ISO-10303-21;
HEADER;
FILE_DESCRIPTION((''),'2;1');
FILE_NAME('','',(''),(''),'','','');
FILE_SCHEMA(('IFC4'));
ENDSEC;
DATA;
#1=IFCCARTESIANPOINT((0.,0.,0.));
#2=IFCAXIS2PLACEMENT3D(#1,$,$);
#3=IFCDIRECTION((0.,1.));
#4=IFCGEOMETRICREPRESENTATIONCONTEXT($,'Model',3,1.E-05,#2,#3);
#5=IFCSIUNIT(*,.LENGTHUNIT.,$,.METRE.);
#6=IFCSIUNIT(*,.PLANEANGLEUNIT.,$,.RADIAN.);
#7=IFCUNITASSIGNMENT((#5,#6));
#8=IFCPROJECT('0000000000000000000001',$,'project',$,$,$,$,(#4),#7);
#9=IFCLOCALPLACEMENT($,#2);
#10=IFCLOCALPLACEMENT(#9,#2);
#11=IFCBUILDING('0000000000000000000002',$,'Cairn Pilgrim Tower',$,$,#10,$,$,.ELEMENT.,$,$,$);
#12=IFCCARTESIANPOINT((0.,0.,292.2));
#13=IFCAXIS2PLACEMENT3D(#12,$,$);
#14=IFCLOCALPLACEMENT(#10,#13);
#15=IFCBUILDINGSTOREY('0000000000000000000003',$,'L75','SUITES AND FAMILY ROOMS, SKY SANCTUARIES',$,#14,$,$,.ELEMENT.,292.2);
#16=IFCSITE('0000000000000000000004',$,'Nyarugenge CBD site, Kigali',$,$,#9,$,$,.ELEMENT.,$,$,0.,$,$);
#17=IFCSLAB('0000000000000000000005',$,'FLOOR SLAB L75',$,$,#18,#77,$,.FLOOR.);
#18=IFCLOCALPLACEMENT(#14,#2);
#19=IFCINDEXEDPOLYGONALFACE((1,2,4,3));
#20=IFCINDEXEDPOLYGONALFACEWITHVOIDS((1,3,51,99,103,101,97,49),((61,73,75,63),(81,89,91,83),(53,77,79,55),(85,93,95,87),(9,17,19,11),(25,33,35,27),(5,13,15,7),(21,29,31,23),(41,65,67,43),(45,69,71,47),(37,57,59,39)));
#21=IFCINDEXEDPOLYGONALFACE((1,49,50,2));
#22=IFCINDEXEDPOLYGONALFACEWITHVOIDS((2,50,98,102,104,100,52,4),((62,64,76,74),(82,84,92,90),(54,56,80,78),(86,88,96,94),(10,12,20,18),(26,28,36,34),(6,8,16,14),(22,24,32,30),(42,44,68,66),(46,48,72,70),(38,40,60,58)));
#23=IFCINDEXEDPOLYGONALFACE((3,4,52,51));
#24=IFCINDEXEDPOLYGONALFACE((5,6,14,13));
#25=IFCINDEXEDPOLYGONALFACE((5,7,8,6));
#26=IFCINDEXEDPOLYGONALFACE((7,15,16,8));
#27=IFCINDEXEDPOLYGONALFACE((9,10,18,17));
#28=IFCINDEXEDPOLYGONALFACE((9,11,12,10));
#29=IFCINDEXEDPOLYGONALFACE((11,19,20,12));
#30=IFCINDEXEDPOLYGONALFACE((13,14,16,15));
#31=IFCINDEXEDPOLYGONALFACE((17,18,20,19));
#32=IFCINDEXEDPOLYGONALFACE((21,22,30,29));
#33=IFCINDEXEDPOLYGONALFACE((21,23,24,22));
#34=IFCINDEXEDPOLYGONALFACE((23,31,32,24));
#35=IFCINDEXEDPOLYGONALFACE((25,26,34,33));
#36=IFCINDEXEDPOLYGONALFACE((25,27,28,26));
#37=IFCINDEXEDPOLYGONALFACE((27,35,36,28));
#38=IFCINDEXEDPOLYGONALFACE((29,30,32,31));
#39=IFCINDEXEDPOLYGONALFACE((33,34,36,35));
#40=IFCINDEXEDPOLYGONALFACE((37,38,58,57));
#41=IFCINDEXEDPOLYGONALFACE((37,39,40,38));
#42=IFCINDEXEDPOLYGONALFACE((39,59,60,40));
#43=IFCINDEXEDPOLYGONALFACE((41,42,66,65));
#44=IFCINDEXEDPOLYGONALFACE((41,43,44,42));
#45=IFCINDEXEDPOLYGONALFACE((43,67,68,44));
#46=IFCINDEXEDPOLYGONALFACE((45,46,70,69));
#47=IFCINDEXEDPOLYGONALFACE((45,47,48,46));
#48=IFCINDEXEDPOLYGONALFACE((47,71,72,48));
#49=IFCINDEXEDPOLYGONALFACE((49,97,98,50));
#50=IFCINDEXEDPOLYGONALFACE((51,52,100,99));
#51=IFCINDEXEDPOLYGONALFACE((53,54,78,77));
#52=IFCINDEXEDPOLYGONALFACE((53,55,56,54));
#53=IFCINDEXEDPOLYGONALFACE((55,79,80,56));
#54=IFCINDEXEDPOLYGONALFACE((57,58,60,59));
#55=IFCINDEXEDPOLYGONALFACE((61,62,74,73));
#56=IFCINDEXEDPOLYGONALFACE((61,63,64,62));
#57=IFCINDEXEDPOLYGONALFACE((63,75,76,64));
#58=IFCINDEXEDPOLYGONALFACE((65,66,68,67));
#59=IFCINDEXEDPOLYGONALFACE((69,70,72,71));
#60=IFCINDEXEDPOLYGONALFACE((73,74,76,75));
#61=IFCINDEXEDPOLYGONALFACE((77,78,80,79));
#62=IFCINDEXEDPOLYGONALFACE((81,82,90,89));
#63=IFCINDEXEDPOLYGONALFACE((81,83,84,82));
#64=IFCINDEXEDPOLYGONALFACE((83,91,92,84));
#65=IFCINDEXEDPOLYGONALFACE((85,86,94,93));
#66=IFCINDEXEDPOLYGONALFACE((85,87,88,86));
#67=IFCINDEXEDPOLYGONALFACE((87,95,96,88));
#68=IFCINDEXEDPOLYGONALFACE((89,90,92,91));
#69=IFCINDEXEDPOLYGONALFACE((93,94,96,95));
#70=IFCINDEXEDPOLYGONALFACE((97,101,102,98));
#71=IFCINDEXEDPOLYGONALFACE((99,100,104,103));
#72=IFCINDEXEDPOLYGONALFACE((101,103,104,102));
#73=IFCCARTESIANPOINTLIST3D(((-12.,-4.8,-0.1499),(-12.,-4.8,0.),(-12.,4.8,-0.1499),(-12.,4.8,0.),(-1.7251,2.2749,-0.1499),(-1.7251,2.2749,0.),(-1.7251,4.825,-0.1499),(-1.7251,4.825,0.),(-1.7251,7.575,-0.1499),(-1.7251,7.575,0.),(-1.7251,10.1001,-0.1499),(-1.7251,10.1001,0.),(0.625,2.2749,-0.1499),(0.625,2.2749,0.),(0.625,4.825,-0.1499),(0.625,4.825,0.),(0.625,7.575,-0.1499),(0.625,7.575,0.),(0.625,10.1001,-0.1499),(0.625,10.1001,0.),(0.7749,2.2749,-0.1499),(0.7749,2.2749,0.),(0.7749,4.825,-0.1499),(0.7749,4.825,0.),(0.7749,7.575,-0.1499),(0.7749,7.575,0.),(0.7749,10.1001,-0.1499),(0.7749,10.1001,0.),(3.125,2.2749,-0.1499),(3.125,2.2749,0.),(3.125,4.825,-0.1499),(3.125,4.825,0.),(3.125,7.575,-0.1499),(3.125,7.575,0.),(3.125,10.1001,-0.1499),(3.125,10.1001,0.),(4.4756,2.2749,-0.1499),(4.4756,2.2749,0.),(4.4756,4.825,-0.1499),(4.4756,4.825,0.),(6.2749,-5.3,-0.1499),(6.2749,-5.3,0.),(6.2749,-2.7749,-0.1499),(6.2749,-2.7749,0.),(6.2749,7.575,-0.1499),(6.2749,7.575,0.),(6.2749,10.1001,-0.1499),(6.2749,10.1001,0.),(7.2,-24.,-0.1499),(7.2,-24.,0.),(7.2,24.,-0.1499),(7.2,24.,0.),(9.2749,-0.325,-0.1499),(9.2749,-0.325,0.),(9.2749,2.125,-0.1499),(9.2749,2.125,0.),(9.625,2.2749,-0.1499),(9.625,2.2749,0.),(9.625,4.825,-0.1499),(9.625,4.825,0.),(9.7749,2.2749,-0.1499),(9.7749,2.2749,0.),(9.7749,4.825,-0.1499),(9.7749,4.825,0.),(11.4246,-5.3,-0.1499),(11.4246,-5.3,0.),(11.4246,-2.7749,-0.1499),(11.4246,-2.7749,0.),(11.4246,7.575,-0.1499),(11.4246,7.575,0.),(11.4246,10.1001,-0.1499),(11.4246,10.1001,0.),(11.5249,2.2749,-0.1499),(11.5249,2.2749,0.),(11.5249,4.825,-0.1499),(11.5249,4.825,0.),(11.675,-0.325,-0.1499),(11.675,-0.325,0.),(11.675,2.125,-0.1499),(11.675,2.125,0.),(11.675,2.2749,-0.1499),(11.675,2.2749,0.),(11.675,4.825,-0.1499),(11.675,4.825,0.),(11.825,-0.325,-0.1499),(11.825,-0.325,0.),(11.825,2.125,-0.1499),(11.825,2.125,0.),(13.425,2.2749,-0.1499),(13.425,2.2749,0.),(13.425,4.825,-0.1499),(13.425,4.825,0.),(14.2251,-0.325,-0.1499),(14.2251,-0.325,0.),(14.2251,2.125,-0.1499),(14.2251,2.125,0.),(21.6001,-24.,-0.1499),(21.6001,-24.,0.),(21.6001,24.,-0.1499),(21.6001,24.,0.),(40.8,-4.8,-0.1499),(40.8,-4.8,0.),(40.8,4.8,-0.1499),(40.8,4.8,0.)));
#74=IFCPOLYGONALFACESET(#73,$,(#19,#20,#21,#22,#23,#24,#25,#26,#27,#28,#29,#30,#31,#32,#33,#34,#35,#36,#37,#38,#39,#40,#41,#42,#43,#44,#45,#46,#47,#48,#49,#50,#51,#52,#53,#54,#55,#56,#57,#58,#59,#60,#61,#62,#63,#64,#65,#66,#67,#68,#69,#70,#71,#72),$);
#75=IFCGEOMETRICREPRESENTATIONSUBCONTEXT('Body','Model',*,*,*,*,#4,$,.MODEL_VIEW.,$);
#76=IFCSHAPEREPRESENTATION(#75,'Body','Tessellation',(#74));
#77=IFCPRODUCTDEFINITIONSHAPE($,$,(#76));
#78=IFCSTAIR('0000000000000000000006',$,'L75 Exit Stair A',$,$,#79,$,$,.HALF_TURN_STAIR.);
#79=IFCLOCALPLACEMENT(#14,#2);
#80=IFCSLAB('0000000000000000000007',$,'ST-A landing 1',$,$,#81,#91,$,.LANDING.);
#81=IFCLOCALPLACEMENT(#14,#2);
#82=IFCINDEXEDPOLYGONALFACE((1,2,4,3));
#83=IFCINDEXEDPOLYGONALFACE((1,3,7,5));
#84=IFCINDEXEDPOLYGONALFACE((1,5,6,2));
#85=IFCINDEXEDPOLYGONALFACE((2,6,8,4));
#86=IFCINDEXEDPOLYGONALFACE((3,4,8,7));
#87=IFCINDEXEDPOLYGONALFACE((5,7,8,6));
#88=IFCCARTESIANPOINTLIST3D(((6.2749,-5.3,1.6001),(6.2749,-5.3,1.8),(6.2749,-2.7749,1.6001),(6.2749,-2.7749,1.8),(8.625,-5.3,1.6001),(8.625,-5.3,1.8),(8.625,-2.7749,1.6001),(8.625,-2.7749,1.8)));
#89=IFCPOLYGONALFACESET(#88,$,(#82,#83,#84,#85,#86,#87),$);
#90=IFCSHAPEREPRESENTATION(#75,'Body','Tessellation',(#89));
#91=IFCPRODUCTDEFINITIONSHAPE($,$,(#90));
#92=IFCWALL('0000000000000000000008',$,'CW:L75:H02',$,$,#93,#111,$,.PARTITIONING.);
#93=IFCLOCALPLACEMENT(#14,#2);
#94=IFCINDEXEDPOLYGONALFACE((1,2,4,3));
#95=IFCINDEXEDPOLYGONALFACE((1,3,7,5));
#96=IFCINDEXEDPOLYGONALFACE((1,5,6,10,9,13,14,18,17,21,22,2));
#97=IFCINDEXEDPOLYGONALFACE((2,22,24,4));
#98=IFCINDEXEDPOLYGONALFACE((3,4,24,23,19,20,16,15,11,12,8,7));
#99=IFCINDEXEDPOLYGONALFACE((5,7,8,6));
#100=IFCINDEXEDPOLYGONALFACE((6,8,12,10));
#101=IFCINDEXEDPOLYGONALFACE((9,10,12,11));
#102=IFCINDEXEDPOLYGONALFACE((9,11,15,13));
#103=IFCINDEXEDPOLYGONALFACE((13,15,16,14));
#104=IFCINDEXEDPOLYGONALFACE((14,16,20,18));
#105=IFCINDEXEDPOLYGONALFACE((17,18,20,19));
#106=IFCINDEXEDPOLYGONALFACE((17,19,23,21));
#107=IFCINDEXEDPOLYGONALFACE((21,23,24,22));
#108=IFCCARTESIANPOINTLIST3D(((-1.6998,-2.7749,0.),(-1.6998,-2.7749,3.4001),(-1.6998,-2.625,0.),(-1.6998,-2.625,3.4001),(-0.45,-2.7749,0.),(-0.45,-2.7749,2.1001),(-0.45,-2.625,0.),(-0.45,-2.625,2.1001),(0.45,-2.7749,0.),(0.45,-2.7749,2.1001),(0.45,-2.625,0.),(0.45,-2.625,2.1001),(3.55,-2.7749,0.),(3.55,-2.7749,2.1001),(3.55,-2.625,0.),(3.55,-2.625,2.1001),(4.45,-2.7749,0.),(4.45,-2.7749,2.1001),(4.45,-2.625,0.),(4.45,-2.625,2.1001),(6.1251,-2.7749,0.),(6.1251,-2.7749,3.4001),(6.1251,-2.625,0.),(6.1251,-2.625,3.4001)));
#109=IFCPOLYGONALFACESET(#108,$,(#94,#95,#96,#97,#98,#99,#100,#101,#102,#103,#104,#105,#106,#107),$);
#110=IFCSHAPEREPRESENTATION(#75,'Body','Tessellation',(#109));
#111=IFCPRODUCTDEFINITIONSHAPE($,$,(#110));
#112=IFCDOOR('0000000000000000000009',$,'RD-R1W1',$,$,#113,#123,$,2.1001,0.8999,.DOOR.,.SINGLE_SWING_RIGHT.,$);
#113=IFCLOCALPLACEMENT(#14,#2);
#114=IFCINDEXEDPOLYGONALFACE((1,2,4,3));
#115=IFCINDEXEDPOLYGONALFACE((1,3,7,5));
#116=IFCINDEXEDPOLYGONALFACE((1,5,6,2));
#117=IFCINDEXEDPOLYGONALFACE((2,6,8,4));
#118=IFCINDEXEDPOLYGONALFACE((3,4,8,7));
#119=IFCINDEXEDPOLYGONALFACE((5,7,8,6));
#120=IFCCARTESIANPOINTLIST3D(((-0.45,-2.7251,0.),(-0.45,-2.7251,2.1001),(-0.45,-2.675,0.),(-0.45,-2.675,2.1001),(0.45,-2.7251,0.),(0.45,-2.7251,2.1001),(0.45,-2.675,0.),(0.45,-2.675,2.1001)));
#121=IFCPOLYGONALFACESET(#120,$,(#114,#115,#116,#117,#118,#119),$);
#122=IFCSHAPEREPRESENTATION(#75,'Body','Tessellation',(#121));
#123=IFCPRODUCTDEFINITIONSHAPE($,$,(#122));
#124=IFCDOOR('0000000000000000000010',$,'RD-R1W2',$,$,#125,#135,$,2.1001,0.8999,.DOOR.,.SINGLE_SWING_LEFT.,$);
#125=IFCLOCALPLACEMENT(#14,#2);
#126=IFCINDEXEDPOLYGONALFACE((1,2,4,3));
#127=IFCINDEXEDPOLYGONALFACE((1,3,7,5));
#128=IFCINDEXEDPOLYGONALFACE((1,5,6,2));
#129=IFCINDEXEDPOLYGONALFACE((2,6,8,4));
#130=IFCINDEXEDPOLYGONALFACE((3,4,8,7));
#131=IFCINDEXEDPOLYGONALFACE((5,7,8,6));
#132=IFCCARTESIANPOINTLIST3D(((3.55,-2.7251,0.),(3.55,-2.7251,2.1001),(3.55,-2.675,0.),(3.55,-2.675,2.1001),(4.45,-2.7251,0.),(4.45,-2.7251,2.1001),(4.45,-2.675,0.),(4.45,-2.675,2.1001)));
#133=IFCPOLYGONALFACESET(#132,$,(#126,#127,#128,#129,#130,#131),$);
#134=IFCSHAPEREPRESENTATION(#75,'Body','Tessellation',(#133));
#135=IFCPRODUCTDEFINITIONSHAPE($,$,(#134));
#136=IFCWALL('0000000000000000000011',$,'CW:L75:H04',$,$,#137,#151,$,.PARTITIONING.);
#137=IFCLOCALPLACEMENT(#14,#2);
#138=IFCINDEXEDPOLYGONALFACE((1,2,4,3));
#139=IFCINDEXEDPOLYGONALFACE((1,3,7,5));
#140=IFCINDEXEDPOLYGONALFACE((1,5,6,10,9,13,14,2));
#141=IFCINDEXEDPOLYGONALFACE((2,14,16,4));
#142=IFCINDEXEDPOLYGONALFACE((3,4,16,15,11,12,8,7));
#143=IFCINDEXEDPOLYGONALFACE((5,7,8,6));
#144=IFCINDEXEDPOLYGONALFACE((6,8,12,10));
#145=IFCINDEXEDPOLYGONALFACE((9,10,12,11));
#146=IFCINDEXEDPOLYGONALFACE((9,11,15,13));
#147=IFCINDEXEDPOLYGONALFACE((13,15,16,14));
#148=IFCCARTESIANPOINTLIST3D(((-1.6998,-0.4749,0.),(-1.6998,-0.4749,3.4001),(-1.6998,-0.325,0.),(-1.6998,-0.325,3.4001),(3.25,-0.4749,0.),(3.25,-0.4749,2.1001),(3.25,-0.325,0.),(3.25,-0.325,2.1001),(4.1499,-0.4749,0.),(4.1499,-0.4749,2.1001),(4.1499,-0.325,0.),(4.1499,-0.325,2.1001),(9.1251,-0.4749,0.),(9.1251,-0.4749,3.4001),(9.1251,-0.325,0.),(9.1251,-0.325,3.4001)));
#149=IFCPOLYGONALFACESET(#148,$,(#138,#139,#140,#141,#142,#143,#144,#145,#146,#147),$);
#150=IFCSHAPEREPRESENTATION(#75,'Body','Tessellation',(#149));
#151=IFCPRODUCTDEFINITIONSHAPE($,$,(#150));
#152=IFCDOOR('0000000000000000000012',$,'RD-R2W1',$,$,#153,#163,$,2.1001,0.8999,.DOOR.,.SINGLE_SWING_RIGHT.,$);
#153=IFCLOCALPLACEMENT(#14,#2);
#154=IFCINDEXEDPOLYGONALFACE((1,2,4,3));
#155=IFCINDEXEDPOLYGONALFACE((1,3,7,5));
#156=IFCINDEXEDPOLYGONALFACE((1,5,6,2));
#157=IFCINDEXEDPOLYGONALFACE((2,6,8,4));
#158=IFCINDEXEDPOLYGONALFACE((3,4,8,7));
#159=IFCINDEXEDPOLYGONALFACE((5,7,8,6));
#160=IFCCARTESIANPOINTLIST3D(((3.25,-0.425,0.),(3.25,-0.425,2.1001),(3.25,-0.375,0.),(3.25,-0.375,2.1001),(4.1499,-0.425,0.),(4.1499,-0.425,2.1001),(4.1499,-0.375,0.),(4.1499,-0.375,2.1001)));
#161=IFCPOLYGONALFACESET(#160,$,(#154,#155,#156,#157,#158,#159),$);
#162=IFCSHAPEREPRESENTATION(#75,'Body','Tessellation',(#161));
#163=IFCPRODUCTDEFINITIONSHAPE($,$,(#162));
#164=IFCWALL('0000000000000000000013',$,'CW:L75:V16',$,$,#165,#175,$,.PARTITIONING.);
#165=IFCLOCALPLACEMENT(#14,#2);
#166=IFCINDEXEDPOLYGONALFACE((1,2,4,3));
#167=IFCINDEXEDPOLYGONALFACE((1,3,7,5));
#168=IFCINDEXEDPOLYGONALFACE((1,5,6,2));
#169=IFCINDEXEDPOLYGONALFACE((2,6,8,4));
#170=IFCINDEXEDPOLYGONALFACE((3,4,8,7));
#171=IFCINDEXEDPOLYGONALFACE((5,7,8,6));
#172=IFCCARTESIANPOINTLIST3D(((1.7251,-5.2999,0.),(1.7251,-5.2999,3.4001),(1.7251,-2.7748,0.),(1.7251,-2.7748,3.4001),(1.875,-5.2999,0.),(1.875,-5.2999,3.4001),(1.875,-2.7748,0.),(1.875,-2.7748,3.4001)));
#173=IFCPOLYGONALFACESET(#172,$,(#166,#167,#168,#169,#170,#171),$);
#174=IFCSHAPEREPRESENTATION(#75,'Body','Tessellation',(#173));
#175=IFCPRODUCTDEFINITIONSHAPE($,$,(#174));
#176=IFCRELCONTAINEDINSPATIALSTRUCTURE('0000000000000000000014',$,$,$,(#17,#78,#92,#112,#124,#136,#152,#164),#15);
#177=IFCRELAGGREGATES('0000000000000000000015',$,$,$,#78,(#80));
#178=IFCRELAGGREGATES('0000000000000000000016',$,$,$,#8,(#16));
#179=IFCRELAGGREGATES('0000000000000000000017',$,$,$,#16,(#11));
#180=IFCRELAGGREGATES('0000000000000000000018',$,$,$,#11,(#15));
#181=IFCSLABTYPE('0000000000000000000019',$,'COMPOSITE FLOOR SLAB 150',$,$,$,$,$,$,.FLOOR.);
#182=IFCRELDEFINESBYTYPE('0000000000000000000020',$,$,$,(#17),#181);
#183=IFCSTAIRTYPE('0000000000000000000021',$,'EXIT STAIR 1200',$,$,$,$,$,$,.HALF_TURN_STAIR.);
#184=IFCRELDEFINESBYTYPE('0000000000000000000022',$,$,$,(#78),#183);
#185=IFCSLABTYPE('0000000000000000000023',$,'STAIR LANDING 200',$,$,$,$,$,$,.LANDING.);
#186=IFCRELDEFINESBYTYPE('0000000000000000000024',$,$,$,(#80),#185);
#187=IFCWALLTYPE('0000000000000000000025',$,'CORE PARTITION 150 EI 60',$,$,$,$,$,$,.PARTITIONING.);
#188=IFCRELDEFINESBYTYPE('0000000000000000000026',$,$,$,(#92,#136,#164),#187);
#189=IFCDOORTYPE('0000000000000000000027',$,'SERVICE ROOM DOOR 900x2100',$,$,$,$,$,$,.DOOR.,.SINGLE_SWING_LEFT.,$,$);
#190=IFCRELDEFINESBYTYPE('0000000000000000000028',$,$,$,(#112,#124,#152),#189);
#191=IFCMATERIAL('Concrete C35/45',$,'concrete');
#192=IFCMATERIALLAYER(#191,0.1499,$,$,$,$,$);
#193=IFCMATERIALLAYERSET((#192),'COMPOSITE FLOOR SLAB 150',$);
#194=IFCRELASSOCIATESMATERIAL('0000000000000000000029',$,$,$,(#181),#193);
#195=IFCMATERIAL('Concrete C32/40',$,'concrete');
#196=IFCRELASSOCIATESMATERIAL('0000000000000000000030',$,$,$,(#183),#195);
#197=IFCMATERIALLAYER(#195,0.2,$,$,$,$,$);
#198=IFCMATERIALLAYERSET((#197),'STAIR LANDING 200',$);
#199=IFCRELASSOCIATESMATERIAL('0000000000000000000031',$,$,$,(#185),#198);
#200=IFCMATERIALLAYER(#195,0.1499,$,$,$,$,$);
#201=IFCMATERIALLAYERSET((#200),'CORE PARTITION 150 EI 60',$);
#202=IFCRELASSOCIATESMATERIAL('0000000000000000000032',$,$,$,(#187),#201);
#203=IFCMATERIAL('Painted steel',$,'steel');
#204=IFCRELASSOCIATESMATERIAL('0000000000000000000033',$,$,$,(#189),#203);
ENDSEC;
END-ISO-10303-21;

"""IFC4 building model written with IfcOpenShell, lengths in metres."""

from ifc_helpers import new_model, si_unit, direction, frame, frame_2d, origin, place, context, subcontext, project, spatial, polyline, rectangle, outline, extrude, material, layer, layer_set, type_object, element, fill, aggregate, save


model = new_model("IFC4")

# Units and contexts
model_context = context("Model", 3, precision=1e-05, world=origin(), true_north=direction((0.0, 1.0)))
body_context = subcontext(model_context, "Body", "Model", "MODEL_VIEW")
ifc_project = project(units=[si_unit("LENGTHUNIT", "METRE"), si_unit("PLANEANGLEUNIT", "RADIAN")], contexts=[model_context])

# Site, building, storey
site_placement = place(None, origin())
site = spatial("IfcSite", under=ifc_project, at=site_placement, Name="Nyarugenge CBD site, Kigali", CompositionType="ELEMENT", RefElevation=0.0)
building_placement = place(site_placement, origin())
building = spatial("IfcBuilding", under=site, at=building_placement, Name="Cairn Pilgrim Tower", CompositionType="ELEMENT")
storey_placement = place(building_placement, frame((0.0, 0.0, 292.2)))
storey = spatial("IfcBuildingStorey", under=building, at=storey_placement, Name="L75", Description="SUITES AND FAMILY ROOMS, SKY SANCTUARIES", CompositionType="ELEMENT", Elevation=292.2)

# Slab
ifc_material_1 = material(Name="Concrete C35/45", Category="concrete")
ifc_layer_1 = layer(ifc_material_1, 0.1499)
ifc_layer_set_1 = layer_set([ifc_layer_1], Name="COMPOSITE FLOOR SLAB 150")
slab_type_1 = type_object("IfcSlabType", Name="COMPOSITE FLOOR SLAB 150", PredefinedType="FLOOR", material=ifc_layer_set_1)
slab_1_placement = place(storey_placement, frame((0.0, 0.0, -0.1499)))
element("IfcSlab", 1, at=slab_1_placement, inside=storey, type_object=slab_type_1, Name="FLOOR SLAB L75", PredefinedType="FLOOR", context=body_context, shape_type="SweptSolid", body=[
    extrude(outline(polyline([(7.2, -24.0), (21.6001, -24.0), (40.8, -4.8), (40.8, 4.8), (21.6001, 24.0), (7.2, 24.0), (-12.0, 4.8), (-12.0, -4.8), (7.2, -24.0)]), holes=[polyline([(9.2749, -0.325), (11.675, -0.325), (11.675, 2.125), (9.2749, 2.125), (9.2749, -0.325)]), polyline([(11.825, -0.325), (14.2251, -0.325), (14.2251, 2.125), (11.825, 2.125), (11.825, -0.325)]), polyline([(-1.7251, 2.2749), (0.625, 2.2749), (0.625, 4.825), (-1.7251, 4.825), (-1.7251, 2.2749)]), polyline([(0.7749, 2.2749), (3.125, 2.2749), (3.125, 4.825), (0.7749, 4.825), (0.7749, 2.2749)]), polyline([(-1.7251, 7.575), (0.625, 7.575), (0.625, 10.1001), (-1.7251, 10.1001), (-1.7251, 7.575)]), polyline([(0.7749, 7.575), (3.125, 7.575), (3.125, 10.1001), (0.7749, 10.1001), (0.7749, 7.575)]), polyline([(9.7749, 2.2749), (11.5249, 2.2749), (11.5249, 4.825), (9.7749, 4.825), (9.7749, 2.2749)]), polyline([(11.675, 2.2749), (13.425, 2.2749), (13.425, 4.825), (11.675, 4.825), (11.675, 2.2749)]), polyline([(11.4246, -2.7749), (6.2749, -2.7749), (6.2749, -5.3), (11.4246, -5.3), (11.4246, -2.7749)]), polyline([(4.4756, 2.2749), (9.625, 2.2749), (9.625, 4.825), (4.4756, 4.825), (4.4756, 2.2749)]), polyline([(11.4246, 10.1001), (6.2749, 10.1001), (6.2749, 7.575), (11.4246, 7.575), (11.4246, 10.1001)])]), origin(), (0.0, 0.0, 1.0), 0.1499),
])

# Stair, slab
ifc_material_2 = material(Name="Concrete C32/40", Category="concrete")
stair_type = type_object("IfcStairType", Name="EXIT STAIR 1200", PredefinedType="HALF_TURN_STAIR", material=ifc_material_2)
stair_placement = place(storey_placement, origin())
stair = element("IfcStair", 2, at=stair_placement, inside=storey, type_object=stair_type, Name="L75 Exit Stair A", PredefinedType="HALF_TURN_STAIR")
ifc_layer_2 = layer(ifc_material_2, 0.2)
ifc_layer_set_2 = layer_set([ifc_layer_2], Name="STAIR LANDING 200")
slab_type_2 = type_object("IfcSlabType", Name="STAIR LANDING 200", PredefinedType="LANDING", material=ifc_layer_set_2)
slab_2_placement = place(storey_placement, frame((0.0, 0.0, 1.6001)))
slab_2 = element("IfcSlab", 3, at=slab_2_placement, type_object=slab_type_2, Name="ST-A landing 1", PredefinedType="LANDING", context=body_context, shape_type="SweptSolid", body=[
    extrude(outline(polyline([(8.625, -2.7749), (6.2749, -2.7749), (6.2749, -5.3), (8.625, -5.3), (8.625, -2.7749)])), origin(), (0.0, 0.0, 1.0), 0.2),
])

# Wall, openings, doors
ifc_layer_3 = layer(ifc_material_2, 0.1499)
ifc_layer_set_3 = layer_set([ifc_layer_3], Name="CORE PARTITION 150 EI 60")
wall_type_1 = type_object("IfcWallType", Name="CORE PARTITION 150 EI 60", PredefinedType="PARTITIONING", material=ifc_layer_set_3)
wall_1_placement = place(storey_placement, frame((-1.7, -2.7, 0.0), z_axis=(0.0, 0.0, 1.0), x_axis=(1.0, 0.0, 0.0)))
wall_1 = element("IfcWall", 4, at=wall_1_placement, inside=storey, type_object=wall_type_1, Name="CW:L75:H02", PredefinedType="PARTITIONING", context=body_context, shape_type="SweptSolid", body=[
    extrude(rectangle(XDim=7.825, YDim=0.1499, at=frame_2d((3.9126, 0.0))), origin(), (0.0, 0.0, 1.0), 3.4001),
])
opening_1_placement = place(wall_1_placement, frame((1.25, 0.0, 0.0)))
opening_1 = element("IfcOpeningElement", 5, at=opening_1_placement, cuts=wall_1, PredefinedType="OPENING", context=body_context, shape_type="SweptSolid", body=[
    extrude(rectangle(XDim=0.8999, YDim=2.1001, at=frame_2d((0.45, 1.05))), frame((0.0, 0.085, 0.0), z_axis=(0.0, -1.0, 0.0), x_axis=(1.0, 0.0, 0.0)), (0.0, 0.0, 1.0), 0.1699),
])
opening_2_placement = place(wall_1_placement, frame((5.25, 0.0, 0.0)))
opening_2 = element("IfcOpeningElement", 6, at=opening_2_placement, cuts=wall_1, PredefinedType="OPENING", context=body_context, shape_type="SweptSolid", body=[
    extrude(rectangle(XDim=0.8999, YDim=2.1001, at=frame_2d((0.45, 1.05))), frame((0.0, 0.085, 0.0), z_axis=(0.0, -1.0, 0.0), x_axis=(1.0, 0.0, 0.0)), (0.0, 0.0, 1.0), 0.1699),
])
ifc_material_3 = material(Name="Painted steel", Category="steel")
door_type_1 = type_object("IfcDoorType", Name="SERVICE ROOM DOOR 900x2100", OperationType="SINGLE_SWING_LEFT", PredefinedType="DOOR", material=ifc_material_3)
door_1_placement = place(opening_1_placement, origin())
door_1 = element("IfcDoor", 7, at=door_1_placement, inside=storey, type_object=door_type_1, Name="RD-R1W1", OperationType="SINGLE_SWING_RIGHT", OverallHeight=2.1001, OverallWidth=0.8999, PredefinedType="DOOR", context=body_context, shape_type="SweptSolid", body=[
    extrude(rectangle(XDim=0.8999, YDim=2.1001, at=frame_2d((0.45, 1.05))), frame((0.0, 0.0249, 0.0), z_axis=(0.0, -1.0, 0.0), x_axis=(1.0, 0.0, 0.0)), (0.0, 0.0, 1.0), 0.05),
])
fill(opening_1, door_1)
door_2_placement = place(opening_2_placement, origin())
door_2 = element("IfcDoor", 8, at=door_2_placement, inside=storey, type_object=door_type_1, Name="RD-R1W2", OperationType="SINGLE_SWING_LEFT", OverallHeight=2.1001, OverallWidth=0.8999, PredefinedType="DOOR", context=body_context, shape_type="SweptSolid", body=[
    extrude(rectangle(XDim=0.8999, YDim=2.1001, at=frame_2d((0.45, 1.05))), frame((0.0, 0.0249, 0.0), z_axis=(0.0, -1.0, 0.0), x_axis=(1.0, 0.0, 0.0)), (0.0, 0.0, 1.0), 0.05),
])
fill(opening_2, door_2)

# Wall, opening, door
wall_2_placement = place(storey_placement, frame((-1.7, -0.3999, 0.0), z_axis=(0.0, 0.0, 1.0), x_axis=(1.0, 0.0, 0.0)))
wall_2 = element("IfcWall", 9, at=wall_2_placement, inside=storey, type_object=wall_type_1, Name="CW:L75:H04", PredefinedType="PARTITIONING", context=body_context, shape_type="SweptSolid", body=[
    extrude(rectangle(XDim=10.825, YDim=0.1499, at=frame_2d((5.4126, 0.0))), origin(), (0.0, 0.0, 1.0), 3.4001),
])
opening_3_placement = place(wall_2_placement, frame((4.95, 0.0, 0.0)))
opening_3 = element("IfcOpeningElement", 10, at=opening_3_placement, cuts=wall_2, PredefinedType="OPENING", context=body_context, shape_type="SweptSolid", body=[
    extrude(rectangle(XDim=0.8999, YDim=2.1001, at=frame_2d((0.45, 1.05))), frame((0.0, 0.085, 0.0), z_axis=(0.0, -1.0, 0.0), x_axis=(1.0, 0.0, 0.0)), (0.0, 0.0, 1.0), 0.1699),
])
door_3_placement = place(opening_3_placement, origin())
door_3 = element("IfcDoor", 11, at=door_3_placement, inside=storey, type_object=door_type_1, Name="RD-R2W1", OperationType="SINGLE_SWING_RIGHT", OverallHeight=2.1001, OverallWidth=0.8999, PredefinedType="DOOR", context=body_context, shape_type="SweptSolid", body=[
    extrude(rectangle(XDim=0.8999, YDim=2.1001, at=frame_2d((0.45, 1.05))), frame((0.0, 0.0249, 0.0), z_axis=(0.0, -1.0, 0.0), x_axis=(1.0, 0.0, 0.0)), (0.0, 0.0, 1.0), 0.05),
])
fill(opening_3, door_3)

# Wall
wall_3_placement = place(storey_placement, frame((1.8, -5.3, 0.0), z_axis=(0.0, 0.0, 1.0), x_axis=(0.0, 1.0, 0.0)))
element("IfcWall", 12, at=wall_3_placement, inside=storey, type_object=wall_type_1, Name="CW:L75:V16", PredefinedType="PARTITIONING", context=body_context, shape_type="SweptSolid", body=[
    extrude(rectangle(XDim=2.5251, YDim=0.1499, at=frame_2d((1.2627, 0.0))), origin(), (0.0, 0.0, 1.0), 3.4001),
])

aggregate(stair, [slab_2])

save(model, "model.ifc")
